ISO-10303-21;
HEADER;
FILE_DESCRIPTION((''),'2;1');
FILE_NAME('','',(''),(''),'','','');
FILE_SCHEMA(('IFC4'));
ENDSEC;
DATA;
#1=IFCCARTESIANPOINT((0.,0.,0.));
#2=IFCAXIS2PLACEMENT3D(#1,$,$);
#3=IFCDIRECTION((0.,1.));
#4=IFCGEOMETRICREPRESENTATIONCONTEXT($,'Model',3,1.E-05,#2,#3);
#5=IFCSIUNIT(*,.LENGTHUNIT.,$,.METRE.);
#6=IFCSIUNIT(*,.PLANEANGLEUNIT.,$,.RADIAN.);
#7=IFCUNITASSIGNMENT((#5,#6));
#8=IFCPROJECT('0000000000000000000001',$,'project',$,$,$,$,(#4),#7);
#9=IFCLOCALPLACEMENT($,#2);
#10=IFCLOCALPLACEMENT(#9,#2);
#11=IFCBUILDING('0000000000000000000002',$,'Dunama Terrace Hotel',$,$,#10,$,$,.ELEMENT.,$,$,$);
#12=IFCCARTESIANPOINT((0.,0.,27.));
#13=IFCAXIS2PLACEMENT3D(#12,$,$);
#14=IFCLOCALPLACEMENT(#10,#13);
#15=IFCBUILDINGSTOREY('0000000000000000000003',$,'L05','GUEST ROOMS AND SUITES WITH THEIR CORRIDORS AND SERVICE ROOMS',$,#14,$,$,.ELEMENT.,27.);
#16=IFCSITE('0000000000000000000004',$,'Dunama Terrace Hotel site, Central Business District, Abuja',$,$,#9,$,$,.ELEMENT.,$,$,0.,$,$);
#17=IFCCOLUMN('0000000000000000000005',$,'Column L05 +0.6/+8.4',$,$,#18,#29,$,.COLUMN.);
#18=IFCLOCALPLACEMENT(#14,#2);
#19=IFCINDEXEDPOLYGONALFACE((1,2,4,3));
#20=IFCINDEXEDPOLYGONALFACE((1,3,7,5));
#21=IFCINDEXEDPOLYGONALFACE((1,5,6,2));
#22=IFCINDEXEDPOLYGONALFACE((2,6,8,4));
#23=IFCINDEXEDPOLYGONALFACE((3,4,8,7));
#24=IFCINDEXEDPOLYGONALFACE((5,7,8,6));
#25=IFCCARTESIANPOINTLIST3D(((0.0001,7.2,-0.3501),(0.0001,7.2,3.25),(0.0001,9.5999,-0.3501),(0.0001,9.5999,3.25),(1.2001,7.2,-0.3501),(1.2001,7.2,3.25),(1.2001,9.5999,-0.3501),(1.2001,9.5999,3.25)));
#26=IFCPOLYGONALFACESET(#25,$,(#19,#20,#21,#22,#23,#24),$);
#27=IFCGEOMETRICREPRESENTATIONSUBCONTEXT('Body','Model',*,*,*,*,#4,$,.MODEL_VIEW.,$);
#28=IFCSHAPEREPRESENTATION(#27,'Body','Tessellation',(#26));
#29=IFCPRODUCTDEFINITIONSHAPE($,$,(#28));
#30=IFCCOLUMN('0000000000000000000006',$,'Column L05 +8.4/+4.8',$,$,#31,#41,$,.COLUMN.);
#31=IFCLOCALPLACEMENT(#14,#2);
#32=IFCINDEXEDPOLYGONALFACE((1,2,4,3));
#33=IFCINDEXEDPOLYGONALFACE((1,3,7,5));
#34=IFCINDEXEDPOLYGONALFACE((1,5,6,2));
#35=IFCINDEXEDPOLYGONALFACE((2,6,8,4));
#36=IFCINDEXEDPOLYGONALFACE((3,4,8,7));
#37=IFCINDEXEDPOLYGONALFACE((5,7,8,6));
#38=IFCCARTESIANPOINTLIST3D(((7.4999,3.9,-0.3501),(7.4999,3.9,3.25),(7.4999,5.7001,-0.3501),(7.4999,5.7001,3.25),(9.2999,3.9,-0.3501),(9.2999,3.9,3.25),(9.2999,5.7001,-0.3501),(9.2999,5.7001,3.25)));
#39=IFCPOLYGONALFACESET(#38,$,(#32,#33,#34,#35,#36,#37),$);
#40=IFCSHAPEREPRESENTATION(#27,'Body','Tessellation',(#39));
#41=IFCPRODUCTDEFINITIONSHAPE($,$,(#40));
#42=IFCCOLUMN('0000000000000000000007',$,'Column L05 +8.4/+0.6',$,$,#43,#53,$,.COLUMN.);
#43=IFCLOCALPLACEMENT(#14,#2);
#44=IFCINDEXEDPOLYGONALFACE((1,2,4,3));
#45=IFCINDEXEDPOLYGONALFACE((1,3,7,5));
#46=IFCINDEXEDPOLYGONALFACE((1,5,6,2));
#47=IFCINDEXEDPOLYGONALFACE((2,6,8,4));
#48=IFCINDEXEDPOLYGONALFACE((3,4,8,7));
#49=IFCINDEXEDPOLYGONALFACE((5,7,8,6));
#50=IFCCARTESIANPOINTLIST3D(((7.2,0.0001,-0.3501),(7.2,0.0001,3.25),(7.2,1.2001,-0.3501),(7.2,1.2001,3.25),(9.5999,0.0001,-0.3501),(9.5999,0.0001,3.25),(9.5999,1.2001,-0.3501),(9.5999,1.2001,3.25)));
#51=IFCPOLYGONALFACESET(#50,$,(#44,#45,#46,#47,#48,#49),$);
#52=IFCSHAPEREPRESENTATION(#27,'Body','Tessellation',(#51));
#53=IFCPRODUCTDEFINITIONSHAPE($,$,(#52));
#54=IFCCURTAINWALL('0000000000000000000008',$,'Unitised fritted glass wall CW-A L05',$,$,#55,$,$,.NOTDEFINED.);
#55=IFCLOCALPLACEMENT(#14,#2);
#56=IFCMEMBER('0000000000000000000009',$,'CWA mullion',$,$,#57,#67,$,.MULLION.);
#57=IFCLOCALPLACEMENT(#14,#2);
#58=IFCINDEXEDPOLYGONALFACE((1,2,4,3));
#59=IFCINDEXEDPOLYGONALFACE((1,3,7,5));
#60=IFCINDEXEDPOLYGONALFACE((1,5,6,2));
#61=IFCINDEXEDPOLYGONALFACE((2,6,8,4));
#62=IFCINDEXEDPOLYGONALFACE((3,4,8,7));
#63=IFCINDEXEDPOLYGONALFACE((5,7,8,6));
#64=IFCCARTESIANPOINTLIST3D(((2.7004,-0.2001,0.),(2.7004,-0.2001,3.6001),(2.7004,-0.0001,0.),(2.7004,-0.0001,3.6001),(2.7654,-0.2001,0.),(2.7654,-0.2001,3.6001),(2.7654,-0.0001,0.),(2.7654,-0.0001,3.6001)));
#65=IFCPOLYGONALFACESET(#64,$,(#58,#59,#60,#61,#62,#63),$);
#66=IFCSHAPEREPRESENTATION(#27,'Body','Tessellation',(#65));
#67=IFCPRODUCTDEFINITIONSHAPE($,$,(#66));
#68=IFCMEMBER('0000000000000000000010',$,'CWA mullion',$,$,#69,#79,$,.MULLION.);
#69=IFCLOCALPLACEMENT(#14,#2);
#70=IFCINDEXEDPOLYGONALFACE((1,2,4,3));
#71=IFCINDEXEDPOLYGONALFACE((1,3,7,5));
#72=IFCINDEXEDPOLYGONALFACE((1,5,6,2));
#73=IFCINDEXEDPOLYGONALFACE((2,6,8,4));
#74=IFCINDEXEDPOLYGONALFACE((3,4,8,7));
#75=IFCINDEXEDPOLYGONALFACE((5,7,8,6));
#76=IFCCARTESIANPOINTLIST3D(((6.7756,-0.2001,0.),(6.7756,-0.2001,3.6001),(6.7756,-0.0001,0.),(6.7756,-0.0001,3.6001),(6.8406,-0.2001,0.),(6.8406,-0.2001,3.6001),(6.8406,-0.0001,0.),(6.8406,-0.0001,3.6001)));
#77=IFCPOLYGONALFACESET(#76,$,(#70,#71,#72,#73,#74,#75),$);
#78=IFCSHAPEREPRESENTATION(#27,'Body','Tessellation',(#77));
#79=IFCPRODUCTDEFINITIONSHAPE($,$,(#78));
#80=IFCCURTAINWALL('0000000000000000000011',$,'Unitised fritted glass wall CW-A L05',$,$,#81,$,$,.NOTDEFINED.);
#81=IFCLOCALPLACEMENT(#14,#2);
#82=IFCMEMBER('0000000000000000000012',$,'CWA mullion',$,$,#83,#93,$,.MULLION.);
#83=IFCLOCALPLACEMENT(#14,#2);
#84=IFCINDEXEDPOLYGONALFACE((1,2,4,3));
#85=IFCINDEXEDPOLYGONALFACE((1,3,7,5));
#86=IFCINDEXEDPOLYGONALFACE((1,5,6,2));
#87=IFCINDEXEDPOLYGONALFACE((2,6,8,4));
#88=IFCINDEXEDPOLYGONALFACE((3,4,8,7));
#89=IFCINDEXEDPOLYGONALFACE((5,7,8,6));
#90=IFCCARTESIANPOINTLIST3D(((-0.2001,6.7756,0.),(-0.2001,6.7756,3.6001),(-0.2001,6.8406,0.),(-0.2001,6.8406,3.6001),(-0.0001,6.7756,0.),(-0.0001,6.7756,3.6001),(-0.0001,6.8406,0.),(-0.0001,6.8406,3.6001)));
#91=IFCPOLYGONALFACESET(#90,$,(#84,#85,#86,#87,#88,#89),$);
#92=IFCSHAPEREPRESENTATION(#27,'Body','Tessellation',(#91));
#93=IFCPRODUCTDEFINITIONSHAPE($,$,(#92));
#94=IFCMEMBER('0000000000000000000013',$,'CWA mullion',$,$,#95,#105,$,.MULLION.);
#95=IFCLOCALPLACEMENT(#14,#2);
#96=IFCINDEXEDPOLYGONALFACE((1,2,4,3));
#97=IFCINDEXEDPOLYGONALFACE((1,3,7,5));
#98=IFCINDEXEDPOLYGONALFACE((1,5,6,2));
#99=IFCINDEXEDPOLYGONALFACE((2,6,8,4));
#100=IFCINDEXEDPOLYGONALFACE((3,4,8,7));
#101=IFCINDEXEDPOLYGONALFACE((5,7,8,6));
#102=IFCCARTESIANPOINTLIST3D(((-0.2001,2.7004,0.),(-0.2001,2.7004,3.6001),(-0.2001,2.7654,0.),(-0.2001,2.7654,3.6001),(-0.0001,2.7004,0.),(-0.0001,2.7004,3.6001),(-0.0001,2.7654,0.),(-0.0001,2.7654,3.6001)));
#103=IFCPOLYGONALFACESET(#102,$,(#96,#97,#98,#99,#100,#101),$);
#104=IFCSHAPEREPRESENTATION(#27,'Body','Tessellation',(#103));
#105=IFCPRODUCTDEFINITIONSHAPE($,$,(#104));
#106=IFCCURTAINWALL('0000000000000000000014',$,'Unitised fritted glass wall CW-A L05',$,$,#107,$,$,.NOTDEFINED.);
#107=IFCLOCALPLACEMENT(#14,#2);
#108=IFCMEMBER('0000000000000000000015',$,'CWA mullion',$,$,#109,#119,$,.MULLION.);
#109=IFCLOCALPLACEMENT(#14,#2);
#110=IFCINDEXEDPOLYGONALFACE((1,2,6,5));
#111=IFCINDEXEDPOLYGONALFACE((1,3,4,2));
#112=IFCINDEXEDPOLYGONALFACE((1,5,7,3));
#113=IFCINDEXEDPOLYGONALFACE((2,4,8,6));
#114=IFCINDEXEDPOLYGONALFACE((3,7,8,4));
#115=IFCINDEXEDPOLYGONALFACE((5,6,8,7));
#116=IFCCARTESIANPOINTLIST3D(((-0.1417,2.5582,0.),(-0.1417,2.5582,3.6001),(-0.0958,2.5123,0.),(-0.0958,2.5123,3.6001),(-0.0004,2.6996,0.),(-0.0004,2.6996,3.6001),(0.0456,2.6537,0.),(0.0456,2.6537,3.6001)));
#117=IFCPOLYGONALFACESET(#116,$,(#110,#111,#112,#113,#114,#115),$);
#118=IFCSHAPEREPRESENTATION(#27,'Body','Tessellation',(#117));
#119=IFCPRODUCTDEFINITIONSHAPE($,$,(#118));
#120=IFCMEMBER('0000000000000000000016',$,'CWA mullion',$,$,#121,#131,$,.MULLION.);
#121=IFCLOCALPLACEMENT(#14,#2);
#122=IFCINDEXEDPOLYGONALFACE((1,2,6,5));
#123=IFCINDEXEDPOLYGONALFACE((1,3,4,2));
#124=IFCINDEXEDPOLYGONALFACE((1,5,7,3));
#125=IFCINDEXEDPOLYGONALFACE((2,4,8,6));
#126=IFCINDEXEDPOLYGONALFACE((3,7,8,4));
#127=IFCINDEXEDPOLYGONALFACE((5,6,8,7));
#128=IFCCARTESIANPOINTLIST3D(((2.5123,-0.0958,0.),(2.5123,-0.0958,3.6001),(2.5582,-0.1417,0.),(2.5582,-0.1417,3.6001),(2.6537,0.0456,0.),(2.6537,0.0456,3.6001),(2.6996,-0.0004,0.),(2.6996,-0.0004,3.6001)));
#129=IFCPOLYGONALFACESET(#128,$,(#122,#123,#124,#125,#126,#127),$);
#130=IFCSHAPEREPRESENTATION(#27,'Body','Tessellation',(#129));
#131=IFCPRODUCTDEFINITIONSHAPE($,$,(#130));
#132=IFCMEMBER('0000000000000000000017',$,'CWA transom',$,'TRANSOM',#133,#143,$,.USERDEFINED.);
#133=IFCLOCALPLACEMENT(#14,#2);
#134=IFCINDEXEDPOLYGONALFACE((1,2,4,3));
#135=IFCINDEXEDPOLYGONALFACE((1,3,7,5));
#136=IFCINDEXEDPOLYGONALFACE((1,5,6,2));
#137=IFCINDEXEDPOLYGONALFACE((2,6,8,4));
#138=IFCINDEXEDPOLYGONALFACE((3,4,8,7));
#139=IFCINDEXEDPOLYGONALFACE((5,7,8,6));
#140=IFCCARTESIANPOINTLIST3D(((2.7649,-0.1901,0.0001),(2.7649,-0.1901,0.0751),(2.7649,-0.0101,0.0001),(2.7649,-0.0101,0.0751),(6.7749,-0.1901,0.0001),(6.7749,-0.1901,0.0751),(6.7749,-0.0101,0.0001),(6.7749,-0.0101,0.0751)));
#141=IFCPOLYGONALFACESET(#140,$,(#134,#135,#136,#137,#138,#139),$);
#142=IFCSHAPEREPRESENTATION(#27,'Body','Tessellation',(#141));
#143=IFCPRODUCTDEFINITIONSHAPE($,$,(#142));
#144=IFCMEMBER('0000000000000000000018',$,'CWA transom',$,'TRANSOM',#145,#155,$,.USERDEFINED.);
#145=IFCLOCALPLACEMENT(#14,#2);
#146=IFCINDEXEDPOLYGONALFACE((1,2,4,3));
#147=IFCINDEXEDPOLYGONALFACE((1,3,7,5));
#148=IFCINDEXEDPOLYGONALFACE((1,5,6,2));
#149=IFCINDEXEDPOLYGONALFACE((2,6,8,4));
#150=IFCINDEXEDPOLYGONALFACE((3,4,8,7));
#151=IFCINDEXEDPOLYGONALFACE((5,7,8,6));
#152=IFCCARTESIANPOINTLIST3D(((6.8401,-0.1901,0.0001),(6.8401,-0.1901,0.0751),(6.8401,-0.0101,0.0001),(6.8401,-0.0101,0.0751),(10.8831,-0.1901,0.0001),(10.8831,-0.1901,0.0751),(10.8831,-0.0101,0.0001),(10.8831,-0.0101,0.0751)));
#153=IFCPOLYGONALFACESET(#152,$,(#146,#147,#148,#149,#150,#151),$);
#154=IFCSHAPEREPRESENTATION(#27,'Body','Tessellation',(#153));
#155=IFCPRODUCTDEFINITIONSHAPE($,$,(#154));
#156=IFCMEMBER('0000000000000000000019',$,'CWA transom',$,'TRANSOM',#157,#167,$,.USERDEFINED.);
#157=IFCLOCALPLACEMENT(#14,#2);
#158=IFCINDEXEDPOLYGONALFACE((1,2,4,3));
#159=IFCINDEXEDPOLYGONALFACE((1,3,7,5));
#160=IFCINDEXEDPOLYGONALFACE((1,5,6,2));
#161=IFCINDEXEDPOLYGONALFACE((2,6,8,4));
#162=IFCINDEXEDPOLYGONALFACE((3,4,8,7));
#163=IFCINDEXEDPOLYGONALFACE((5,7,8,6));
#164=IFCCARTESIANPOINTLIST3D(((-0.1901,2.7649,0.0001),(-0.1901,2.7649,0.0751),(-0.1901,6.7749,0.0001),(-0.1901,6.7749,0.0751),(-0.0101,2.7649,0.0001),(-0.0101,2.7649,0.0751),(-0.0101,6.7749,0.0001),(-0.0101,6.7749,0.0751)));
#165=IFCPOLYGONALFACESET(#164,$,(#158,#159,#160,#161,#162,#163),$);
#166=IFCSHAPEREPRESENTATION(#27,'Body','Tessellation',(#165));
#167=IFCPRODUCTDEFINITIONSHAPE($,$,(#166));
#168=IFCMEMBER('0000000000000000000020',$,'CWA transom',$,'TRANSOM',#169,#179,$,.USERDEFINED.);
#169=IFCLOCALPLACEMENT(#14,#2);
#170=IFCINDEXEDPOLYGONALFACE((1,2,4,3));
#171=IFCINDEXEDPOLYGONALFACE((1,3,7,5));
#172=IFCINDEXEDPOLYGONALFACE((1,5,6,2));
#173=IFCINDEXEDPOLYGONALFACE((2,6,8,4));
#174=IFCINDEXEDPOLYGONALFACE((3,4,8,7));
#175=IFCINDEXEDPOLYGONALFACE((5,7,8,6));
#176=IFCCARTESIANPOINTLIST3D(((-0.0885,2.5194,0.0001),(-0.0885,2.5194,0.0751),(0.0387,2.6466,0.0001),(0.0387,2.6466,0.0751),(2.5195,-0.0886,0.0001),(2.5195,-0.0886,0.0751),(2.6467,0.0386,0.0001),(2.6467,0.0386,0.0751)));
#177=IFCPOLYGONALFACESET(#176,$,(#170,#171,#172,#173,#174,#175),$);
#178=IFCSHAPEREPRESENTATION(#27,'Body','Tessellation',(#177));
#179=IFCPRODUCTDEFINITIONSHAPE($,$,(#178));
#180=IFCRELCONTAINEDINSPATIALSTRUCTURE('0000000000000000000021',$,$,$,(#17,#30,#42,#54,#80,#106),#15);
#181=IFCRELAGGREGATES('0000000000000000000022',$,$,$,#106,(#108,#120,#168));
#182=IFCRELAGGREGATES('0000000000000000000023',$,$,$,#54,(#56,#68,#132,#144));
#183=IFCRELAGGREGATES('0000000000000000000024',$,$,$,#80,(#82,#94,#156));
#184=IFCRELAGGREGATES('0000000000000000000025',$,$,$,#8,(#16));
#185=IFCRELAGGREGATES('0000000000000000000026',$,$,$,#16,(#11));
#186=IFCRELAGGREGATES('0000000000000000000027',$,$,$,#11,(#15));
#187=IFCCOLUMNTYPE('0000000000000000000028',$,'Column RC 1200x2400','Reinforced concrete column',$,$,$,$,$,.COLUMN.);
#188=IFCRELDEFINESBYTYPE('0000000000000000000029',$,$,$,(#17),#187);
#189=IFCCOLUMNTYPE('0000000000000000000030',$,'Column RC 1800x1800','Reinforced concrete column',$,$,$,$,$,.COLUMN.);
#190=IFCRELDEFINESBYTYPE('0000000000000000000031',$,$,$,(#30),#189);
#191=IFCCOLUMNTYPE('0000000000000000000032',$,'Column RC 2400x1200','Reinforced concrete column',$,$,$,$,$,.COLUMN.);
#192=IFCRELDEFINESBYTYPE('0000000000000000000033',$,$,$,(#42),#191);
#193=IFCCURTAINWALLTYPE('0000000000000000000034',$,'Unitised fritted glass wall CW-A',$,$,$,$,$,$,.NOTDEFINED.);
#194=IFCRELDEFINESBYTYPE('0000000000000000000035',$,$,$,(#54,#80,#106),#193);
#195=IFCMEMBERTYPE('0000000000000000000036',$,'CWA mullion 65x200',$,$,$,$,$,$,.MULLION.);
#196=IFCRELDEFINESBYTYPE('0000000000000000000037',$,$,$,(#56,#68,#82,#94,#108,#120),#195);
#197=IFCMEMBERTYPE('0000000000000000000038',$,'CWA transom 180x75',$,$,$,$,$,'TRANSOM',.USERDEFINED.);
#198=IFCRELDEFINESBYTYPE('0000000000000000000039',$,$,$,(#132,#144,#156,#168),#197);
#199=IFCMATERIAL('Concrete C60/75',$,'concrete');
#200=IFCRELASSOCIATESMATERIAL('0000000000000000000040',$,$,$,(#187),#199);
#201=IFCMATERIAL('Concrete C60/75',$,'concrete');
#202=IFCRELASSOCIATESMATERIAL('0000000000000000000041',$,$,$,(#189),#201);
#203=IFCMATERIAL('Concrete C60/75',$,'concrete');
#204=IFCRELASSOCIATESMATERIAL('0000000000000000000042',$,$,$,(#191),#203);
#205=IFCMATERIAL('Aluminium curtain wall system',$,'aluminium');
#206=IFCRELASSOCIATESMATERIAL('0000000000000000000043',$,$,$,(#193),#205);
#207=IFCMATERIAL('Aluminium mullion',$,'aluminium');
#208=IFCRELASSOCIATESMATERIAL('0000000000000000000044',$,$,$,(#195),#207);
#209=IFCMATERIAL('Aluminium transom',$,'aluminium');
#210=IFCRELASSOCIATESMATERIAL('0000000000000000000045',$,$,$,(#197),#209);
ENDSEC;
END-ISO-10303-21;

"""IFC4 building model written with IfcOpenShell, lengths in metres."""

from ifc_helpers import new_model, si_unit, direction, frame, origin, origin_2d, place, context, subcontext, project, spatial, rectangle, extrude, material, material_profile, profile_set, type_object, element, aggregate, save


model = new_model("IFC4")

# Units and contexts
model_context = context("Model", 3, precision=1e-05, world=origin(), true_north=direction((0.0, 1.0)))
body_context = subcontext(model_context, "Body", "Model", "MODEL_VIEW")
ifc_project = project(units=[si_unit("LENGTHUNIT", "METRE"), si_unit("PLANEANGLEUNIT", "RADIAN")], contexts=[model_context])

# Site, building, storey
site_placement = place(None, origin())
site = spatial("IfcSite", under=ifc_project, at=site_placement, Name="Dunama Terrace Hotel site, Central Business District, Abuja", CompositionType="ELEMENT", RefElevation=0.0)
building_placement = place(site_placement, origin())
building = spatial("IfcBuilding", under=site, at=building_placement, Name="Dunama Terrace Hotel", CompositionType="ELEMENT")
storey_placement = place(building_placement, frame((0.0, 0.0, 27.0)))
storey = spatial("IfcBuildingStorey", under=building, at=storey_placement, Name="L05", Description="GUEST ROOMS AND SUITES WITH THEIR CORRIDORS AND SERVICE ROOMS", CompositionType="ELEMENT", Elevation=27.0)

# Columns
ifc_material_1 = material(Name="Concrete C60/75", Category="concrete")
ifc_material_profile_1 = material_profile(ifc_material_1, rectangle(XDim=1.2, YDim=2.3999, at=origin_2d()), Name="RC 1200x2400")
ifc_profile_set_1 = profile_set([ifc_material_profile_1], Name="Concrete C60/75")
column_type_1 = type_object("IfcColumnType", Name="Column RC 1200x2400", Description="Reinforced concrete column", PredefinedType="COLUMN", material=ifc_profile_set_1)
column_1_placement = place(storey_placement, frame((0.6001, 8.3999, -0.3501), z_axis=(0.0, 0.0, 1.0), x_axis=(1.0, 0.0, 0.0)))
element("IfcColumn", 1, at=column_1_placement, inside=storey, type_object=column_type_1, Name="Column L05 +0.6/+8.4", PredefinedType="COLUMN", context=body_context, shape_type="SweptSolid", body=[
    extrude(rectangle(XDim=1.2, YDim=2.3999, at=origin_2d()), origin(), (0.0, 0.0, 1.0), 3.6001),
])
ifc_material_2 = material(Name="Concrete C60/75", Category="concrete")
ifc_material_profile_2 = material_profile(ifc_material_2, rectangle(XDim=1.8, YDim=1.8, at=origin_2d()), Name="RC 1800x1800")
ifc_profile_set_2 = profile_set([ifc_material_profile_2], Name="Concrete C60/75")
column_type_2 = type_object("IfcColumnType", Name="Column RC 1800x1800", Description="Reinforced concrete column", PredefinedType="COLUMN", material=ifc_profile_set_2)
column_2_placement = place(storey_placement, frame((8.3999, 4.8, -0.3501), z_axis=(0.0, 0.0, 1.0), x_axis=(1.0, 0.0, 0.0)))
element("IfcColumn", 2, at=column_2_placement, inside=storey, type_object=column_type_2, Name="Column L05 +8.4/+4.8", PredefinedType="COLUMN", context=body_context, shape_type="SweptSolid", body=[
    extrude(rectangle(XDim=1.8, YDim=1.8, at=origin_2d()), origin(), (0.0, 0.0, 1.0), 3.6001),
])
ifc_material_3 = material(Name="Concrete C60/75", Category="concrete")
ifc_material_profile_3 = material_profile(ifc_material_3, rectangle(XDim=2.3999, YDim=1.2, at=origin_2d()), Name="RC 2400x1200")
ifc_profile_set_3 = profile_set([ifc_material_profile_3], Name="Concrete C60/75")
column_type_3 = type_object("IfcColumnType", Name="Column RC 2400x1200", Description="Reinforced concrete column", PredefinedType="COLUMN", material=ifc_profile_set_3)
column_3_placement = place(storey_placement, frame((8.3999, 0.6001, -0.3501), z_axis=(0.0, 0.0, 1.0), x_axis=(1.0, 0.0, 0.0)))
element("IfcColumn", 3, at=column_3_placement, inside=storey, type_object=column_type_3, Name="Column L05 +8.4/+0.6", PredefinedType="COLUMN", context=body_context, shape_type="SweptSolid", body=[
    extrude(rectangle(XDim=2.3999, YDim=1.2, at=origin_2d()), origin(), (0.0, 0.0, 1.0), 3.6001),
])

# Curtain walls, members
ifc_material_4 = material(Name="Aluminium curtain wall system", Category="aluminium")
curtain_wall_type = type_object("IfcCurtainWallType", Name="Unitised fritted glass wall CW-A", PredefinedType="NOTDEFINED", material=ifc_material_4)
curtain_wall_1_placement = place(storey_placement, origin())
curtain_wall_1 = element("IfcCurtainWall", 4, at=curtain_wall_1_placement, inside=storey, type_object=curtain_wall_type, Name="Unitised fritted glass wall CW-A L05", PredefinedType="NOTDEFINED")
ifc_material_5 = material(Name="Aluminium mullion", Category="aluminium")
ifc_material_profile_4 = material_profile(ifc_material_5, rectangle(XDim=0.0649, YDim=0.2, at=origin_2d()), Name="CWA MULLION 65X200")
ifc_profile_set_4 = profile_set([ifc_material_profile_4], Name="Aluminium mullion")
member_type_1 = type_object("IfcMemberType", Name="CWA mullion 65x200", PredefinedType="MULLION", material=ifc_profile_set_4)
member_1_placement = place(storey_placement, frame((2.7329, -0.1001, 0.0), z_axis=(0.0, 0.0, 1.0), x_axis=(1.0, 0.0, 0.0)))
member_1 = element("IfcMember", 5, at=member_1_placement, type_object=member_type_1, Name="CWA mullion", PredefinedType="MULLION", context=body_context, shape_type="SweptSolid", body=[
    extrude(rectangle(XDim=0.0649, YDim=0.2, at=origin_2d()), origin(), (0.0, 0.0, 1.0), 3.6001),
])
member_2_placement = place(storey_placement, frame((6.8081, -0.1001, 0.0), z_axis=(0.0, 0.0, 1.0), x_axis=(1.0, 0.0, 0.0)))
member_2 = element("IfcMember", 6, at=member_2_placement, type_object=member_type_1, Name="CWA mullion", PredefinedType="MULLION", context=body_context, shape_type="SweptSolid", body=[
    extrude(rectangle(XDim=0.0649, YDim=0.2, at=origin_2d()), origin(), (0.0, 0.0, 1.0), 3.6001),
])
curtain_wall_2_placement = place(storey_placement, origin())
curtain_wall_2 = element("IfcCurtainWall", 7, at=curtain_wall_2_placement, inside=storey, type_object=curtain_wall_type, Name="Unitised fritted glass wall CW-A L05", PredefinedType="NOTDEFINED")
member_3_placement = place(storey_placement, frame((-0.1001, 6.8081, 0.0), z_axis=(0.0, 0.0, 1.0), x_axis=(0.0, -1.0, 0.0)))
member_3 = element("IfcMember", 8, at=member_3_placement, type_object=member_type_1, Name="CWA mullion", PredefinedType="MULLION", context=body_context, shape_type="SweptSolid", body=[
    extrude(rectangle(XDim=0.0649, YDim=0.2, at=origin_2d()), origin(), (0.0, 0.0, 1.0), 3.6001),
])
member_4_placement = place(storey_placement, frame((-0.1001, 2.7329, 0.0), z_axis=(0.0, 0.0, 1.0), x_axis=(0.0, -1.0, 0.0)))
member_4 = element("IfcMember", 9, at=member_4_placement, type_object=member_type_1, Name="CWA mullion", PredefinedType="MULLION", context=body_context, shape_type="SweptSolid", body=[
    extrude(rectangle(XDim=0.0649, YDim=0.2, at=origin_2d()), origin(), (0.0, 0.0, 1.0), 3.6001),
])
curtain_wall_3_placement = place(storey_placement, origin())
curtain_wall_3 = element("IfcCurtainWall", 10, at=curtain_wall_3_placement, inside=storey, type_object=curtain_wall_type, Name="Unitised fritted glass wall CW-A L05", PredefinedType="NOTDEFINED")
member_5_placement = place(storey_placement, frame((-0.0481, 2.606, 0.0), z_axis=(0.0, 0.0, 1.0), x_axis=(0.707107, -0.707107, 0.0)))
member_5 = element("IfcMember", 11, at=member_5_placement, type_object=member_type_1, Name="CWA mullion", PredefinedType="MULLION", context=body_context, shape_type="SweptSolid", body=[
    extrude(rectangle(XDim=0.0649, YDim=0.2, at=origin_2d()), origin(), (0.0, 0.0, 1.0), 3.6001),
])
member_6_placement = place(storey_placement, frame((2.606, -0.0481, 0.0), z_axis=(0.0, 0.0, 1.0), x_axis=(0.707107, -0.707107, 0.0)))
member_6 = element("IfcMember", 12, at=member_6_placement, type_object=member_type_1, Name="CWA mullion", PredefinedType="MULLION", context=body_context, shape_type="SweptSolid", body=[
    extrude(rectangle(XDim=0.0649, YDim=0.2, at=origin_2d()), origin(), (0.0, 0.0, 1.0), 3.6001),
])

# Members
ifc_material_6 = material(Name="Aluminium transom", Category="aluminium")
ifc_material_profile_5 = material_profile(ifc_material_6, rectangle(XDim=0.1799, YDim=0.075, at=origin_2d()), Name="CWA TRANSOM 180X75")
ifc_profile_set_5 = profile_set([ifc_material_profile_5], Name="Aluminium transom")
member_type_2 = type_object("IfcMemberType", Name="CWA transom 180x75", ElementType="TRANSOM", PredefinedType="USERDEFINED", material=ifc_profile_set_5)
member_7_placement = place(storey_placement, frame((2.7649, -0.1001, 0.0376), z_axis=(1.0, 0.0, 0.0), x_axis=(0.0, 1.0, 0.0)))
member_7 = element("IfcMember", 13, at=member_7_placement, type_object=member_type_2, Name="CWA transom", ObjectType="TRANSOM", PredefinedType="USERDEFINED", context=body_context, shape_type="SweptSolid", body=[
    extrude(rectangle(XDim=0.1799, YDim=0.075, at=origin_2d()), origin(), (0.0, 0.0, 1.0), 4.01),
])
member_8_placement = place(storey_placement, frame((6.8401, -0.1001, 0.0376), z_axis=(1.0, 0.0, 0.0), x_axis=(0.0, 1.0, 0.0)))
member_8 = element("IfcMember", 14, at=member_8_placement, type_object=member_type_2, Name="CWA transom", ObjectType="TRANSOM", PredefinedType="USERDEFINED", context=body_context, shape_type="SweptSolid", body=[
    extrude(rectangle(XDim=0.1799, YDim=0.075, at=origin_2d()), origin(), (0.0, 0.0, 1.0), 4.043),
])
member_9_placement = place(storey_placement, frame((-0.1001, 6.7749, 0.0376), z_axis=(0.0, -1.0, 0.0), x_axis=(1.0, 0.0, 0.0)))
member_9 = element("IfcMember", 15, at=member_9_placement, type_object=member_type_2, Name="CWA transom", ObjectType="TRANSOM", PredefinedType="USERDEFINED", context=body_context, shape_type="SweptSolid", body=[
    extrude(rectangle(XDim=0.1799, YDim=0.075, at=origin_2d()), origin(), (0.0, 0.0, 1.0), 4.01),
])
member_10_placement = place(storey_placement, frame((-0.0249, 2.583, 0.0376), z_axis=(0.707107, -0.707107, 0.0), x_axis=(0.707107, 0.707107, 0.0)))
member_10 = element("IfcMember", 16, at=member_10_placement, type_object=member_type_2, Name="CWA transom", ObjectType="TRANSOM", PredefinedType="USERDEFINED", context=body_context, shape_type="SweptSolid", body=[
    extrude(rectangle(XDim=0.1799, YDim=0.075, at=origin_2d()), origin(), (0.0, 0.0, 1.0), 3.6882),
])

aggregate(curtain_wall_3, [member_5, member_6, member_10])
aggregate(curtain_wall_1, [member_1, member_2, member_7, member_8])
aggregate(curtain_wall_2, [member_3, member_4, member_9])

save(model, "model.ifc")
